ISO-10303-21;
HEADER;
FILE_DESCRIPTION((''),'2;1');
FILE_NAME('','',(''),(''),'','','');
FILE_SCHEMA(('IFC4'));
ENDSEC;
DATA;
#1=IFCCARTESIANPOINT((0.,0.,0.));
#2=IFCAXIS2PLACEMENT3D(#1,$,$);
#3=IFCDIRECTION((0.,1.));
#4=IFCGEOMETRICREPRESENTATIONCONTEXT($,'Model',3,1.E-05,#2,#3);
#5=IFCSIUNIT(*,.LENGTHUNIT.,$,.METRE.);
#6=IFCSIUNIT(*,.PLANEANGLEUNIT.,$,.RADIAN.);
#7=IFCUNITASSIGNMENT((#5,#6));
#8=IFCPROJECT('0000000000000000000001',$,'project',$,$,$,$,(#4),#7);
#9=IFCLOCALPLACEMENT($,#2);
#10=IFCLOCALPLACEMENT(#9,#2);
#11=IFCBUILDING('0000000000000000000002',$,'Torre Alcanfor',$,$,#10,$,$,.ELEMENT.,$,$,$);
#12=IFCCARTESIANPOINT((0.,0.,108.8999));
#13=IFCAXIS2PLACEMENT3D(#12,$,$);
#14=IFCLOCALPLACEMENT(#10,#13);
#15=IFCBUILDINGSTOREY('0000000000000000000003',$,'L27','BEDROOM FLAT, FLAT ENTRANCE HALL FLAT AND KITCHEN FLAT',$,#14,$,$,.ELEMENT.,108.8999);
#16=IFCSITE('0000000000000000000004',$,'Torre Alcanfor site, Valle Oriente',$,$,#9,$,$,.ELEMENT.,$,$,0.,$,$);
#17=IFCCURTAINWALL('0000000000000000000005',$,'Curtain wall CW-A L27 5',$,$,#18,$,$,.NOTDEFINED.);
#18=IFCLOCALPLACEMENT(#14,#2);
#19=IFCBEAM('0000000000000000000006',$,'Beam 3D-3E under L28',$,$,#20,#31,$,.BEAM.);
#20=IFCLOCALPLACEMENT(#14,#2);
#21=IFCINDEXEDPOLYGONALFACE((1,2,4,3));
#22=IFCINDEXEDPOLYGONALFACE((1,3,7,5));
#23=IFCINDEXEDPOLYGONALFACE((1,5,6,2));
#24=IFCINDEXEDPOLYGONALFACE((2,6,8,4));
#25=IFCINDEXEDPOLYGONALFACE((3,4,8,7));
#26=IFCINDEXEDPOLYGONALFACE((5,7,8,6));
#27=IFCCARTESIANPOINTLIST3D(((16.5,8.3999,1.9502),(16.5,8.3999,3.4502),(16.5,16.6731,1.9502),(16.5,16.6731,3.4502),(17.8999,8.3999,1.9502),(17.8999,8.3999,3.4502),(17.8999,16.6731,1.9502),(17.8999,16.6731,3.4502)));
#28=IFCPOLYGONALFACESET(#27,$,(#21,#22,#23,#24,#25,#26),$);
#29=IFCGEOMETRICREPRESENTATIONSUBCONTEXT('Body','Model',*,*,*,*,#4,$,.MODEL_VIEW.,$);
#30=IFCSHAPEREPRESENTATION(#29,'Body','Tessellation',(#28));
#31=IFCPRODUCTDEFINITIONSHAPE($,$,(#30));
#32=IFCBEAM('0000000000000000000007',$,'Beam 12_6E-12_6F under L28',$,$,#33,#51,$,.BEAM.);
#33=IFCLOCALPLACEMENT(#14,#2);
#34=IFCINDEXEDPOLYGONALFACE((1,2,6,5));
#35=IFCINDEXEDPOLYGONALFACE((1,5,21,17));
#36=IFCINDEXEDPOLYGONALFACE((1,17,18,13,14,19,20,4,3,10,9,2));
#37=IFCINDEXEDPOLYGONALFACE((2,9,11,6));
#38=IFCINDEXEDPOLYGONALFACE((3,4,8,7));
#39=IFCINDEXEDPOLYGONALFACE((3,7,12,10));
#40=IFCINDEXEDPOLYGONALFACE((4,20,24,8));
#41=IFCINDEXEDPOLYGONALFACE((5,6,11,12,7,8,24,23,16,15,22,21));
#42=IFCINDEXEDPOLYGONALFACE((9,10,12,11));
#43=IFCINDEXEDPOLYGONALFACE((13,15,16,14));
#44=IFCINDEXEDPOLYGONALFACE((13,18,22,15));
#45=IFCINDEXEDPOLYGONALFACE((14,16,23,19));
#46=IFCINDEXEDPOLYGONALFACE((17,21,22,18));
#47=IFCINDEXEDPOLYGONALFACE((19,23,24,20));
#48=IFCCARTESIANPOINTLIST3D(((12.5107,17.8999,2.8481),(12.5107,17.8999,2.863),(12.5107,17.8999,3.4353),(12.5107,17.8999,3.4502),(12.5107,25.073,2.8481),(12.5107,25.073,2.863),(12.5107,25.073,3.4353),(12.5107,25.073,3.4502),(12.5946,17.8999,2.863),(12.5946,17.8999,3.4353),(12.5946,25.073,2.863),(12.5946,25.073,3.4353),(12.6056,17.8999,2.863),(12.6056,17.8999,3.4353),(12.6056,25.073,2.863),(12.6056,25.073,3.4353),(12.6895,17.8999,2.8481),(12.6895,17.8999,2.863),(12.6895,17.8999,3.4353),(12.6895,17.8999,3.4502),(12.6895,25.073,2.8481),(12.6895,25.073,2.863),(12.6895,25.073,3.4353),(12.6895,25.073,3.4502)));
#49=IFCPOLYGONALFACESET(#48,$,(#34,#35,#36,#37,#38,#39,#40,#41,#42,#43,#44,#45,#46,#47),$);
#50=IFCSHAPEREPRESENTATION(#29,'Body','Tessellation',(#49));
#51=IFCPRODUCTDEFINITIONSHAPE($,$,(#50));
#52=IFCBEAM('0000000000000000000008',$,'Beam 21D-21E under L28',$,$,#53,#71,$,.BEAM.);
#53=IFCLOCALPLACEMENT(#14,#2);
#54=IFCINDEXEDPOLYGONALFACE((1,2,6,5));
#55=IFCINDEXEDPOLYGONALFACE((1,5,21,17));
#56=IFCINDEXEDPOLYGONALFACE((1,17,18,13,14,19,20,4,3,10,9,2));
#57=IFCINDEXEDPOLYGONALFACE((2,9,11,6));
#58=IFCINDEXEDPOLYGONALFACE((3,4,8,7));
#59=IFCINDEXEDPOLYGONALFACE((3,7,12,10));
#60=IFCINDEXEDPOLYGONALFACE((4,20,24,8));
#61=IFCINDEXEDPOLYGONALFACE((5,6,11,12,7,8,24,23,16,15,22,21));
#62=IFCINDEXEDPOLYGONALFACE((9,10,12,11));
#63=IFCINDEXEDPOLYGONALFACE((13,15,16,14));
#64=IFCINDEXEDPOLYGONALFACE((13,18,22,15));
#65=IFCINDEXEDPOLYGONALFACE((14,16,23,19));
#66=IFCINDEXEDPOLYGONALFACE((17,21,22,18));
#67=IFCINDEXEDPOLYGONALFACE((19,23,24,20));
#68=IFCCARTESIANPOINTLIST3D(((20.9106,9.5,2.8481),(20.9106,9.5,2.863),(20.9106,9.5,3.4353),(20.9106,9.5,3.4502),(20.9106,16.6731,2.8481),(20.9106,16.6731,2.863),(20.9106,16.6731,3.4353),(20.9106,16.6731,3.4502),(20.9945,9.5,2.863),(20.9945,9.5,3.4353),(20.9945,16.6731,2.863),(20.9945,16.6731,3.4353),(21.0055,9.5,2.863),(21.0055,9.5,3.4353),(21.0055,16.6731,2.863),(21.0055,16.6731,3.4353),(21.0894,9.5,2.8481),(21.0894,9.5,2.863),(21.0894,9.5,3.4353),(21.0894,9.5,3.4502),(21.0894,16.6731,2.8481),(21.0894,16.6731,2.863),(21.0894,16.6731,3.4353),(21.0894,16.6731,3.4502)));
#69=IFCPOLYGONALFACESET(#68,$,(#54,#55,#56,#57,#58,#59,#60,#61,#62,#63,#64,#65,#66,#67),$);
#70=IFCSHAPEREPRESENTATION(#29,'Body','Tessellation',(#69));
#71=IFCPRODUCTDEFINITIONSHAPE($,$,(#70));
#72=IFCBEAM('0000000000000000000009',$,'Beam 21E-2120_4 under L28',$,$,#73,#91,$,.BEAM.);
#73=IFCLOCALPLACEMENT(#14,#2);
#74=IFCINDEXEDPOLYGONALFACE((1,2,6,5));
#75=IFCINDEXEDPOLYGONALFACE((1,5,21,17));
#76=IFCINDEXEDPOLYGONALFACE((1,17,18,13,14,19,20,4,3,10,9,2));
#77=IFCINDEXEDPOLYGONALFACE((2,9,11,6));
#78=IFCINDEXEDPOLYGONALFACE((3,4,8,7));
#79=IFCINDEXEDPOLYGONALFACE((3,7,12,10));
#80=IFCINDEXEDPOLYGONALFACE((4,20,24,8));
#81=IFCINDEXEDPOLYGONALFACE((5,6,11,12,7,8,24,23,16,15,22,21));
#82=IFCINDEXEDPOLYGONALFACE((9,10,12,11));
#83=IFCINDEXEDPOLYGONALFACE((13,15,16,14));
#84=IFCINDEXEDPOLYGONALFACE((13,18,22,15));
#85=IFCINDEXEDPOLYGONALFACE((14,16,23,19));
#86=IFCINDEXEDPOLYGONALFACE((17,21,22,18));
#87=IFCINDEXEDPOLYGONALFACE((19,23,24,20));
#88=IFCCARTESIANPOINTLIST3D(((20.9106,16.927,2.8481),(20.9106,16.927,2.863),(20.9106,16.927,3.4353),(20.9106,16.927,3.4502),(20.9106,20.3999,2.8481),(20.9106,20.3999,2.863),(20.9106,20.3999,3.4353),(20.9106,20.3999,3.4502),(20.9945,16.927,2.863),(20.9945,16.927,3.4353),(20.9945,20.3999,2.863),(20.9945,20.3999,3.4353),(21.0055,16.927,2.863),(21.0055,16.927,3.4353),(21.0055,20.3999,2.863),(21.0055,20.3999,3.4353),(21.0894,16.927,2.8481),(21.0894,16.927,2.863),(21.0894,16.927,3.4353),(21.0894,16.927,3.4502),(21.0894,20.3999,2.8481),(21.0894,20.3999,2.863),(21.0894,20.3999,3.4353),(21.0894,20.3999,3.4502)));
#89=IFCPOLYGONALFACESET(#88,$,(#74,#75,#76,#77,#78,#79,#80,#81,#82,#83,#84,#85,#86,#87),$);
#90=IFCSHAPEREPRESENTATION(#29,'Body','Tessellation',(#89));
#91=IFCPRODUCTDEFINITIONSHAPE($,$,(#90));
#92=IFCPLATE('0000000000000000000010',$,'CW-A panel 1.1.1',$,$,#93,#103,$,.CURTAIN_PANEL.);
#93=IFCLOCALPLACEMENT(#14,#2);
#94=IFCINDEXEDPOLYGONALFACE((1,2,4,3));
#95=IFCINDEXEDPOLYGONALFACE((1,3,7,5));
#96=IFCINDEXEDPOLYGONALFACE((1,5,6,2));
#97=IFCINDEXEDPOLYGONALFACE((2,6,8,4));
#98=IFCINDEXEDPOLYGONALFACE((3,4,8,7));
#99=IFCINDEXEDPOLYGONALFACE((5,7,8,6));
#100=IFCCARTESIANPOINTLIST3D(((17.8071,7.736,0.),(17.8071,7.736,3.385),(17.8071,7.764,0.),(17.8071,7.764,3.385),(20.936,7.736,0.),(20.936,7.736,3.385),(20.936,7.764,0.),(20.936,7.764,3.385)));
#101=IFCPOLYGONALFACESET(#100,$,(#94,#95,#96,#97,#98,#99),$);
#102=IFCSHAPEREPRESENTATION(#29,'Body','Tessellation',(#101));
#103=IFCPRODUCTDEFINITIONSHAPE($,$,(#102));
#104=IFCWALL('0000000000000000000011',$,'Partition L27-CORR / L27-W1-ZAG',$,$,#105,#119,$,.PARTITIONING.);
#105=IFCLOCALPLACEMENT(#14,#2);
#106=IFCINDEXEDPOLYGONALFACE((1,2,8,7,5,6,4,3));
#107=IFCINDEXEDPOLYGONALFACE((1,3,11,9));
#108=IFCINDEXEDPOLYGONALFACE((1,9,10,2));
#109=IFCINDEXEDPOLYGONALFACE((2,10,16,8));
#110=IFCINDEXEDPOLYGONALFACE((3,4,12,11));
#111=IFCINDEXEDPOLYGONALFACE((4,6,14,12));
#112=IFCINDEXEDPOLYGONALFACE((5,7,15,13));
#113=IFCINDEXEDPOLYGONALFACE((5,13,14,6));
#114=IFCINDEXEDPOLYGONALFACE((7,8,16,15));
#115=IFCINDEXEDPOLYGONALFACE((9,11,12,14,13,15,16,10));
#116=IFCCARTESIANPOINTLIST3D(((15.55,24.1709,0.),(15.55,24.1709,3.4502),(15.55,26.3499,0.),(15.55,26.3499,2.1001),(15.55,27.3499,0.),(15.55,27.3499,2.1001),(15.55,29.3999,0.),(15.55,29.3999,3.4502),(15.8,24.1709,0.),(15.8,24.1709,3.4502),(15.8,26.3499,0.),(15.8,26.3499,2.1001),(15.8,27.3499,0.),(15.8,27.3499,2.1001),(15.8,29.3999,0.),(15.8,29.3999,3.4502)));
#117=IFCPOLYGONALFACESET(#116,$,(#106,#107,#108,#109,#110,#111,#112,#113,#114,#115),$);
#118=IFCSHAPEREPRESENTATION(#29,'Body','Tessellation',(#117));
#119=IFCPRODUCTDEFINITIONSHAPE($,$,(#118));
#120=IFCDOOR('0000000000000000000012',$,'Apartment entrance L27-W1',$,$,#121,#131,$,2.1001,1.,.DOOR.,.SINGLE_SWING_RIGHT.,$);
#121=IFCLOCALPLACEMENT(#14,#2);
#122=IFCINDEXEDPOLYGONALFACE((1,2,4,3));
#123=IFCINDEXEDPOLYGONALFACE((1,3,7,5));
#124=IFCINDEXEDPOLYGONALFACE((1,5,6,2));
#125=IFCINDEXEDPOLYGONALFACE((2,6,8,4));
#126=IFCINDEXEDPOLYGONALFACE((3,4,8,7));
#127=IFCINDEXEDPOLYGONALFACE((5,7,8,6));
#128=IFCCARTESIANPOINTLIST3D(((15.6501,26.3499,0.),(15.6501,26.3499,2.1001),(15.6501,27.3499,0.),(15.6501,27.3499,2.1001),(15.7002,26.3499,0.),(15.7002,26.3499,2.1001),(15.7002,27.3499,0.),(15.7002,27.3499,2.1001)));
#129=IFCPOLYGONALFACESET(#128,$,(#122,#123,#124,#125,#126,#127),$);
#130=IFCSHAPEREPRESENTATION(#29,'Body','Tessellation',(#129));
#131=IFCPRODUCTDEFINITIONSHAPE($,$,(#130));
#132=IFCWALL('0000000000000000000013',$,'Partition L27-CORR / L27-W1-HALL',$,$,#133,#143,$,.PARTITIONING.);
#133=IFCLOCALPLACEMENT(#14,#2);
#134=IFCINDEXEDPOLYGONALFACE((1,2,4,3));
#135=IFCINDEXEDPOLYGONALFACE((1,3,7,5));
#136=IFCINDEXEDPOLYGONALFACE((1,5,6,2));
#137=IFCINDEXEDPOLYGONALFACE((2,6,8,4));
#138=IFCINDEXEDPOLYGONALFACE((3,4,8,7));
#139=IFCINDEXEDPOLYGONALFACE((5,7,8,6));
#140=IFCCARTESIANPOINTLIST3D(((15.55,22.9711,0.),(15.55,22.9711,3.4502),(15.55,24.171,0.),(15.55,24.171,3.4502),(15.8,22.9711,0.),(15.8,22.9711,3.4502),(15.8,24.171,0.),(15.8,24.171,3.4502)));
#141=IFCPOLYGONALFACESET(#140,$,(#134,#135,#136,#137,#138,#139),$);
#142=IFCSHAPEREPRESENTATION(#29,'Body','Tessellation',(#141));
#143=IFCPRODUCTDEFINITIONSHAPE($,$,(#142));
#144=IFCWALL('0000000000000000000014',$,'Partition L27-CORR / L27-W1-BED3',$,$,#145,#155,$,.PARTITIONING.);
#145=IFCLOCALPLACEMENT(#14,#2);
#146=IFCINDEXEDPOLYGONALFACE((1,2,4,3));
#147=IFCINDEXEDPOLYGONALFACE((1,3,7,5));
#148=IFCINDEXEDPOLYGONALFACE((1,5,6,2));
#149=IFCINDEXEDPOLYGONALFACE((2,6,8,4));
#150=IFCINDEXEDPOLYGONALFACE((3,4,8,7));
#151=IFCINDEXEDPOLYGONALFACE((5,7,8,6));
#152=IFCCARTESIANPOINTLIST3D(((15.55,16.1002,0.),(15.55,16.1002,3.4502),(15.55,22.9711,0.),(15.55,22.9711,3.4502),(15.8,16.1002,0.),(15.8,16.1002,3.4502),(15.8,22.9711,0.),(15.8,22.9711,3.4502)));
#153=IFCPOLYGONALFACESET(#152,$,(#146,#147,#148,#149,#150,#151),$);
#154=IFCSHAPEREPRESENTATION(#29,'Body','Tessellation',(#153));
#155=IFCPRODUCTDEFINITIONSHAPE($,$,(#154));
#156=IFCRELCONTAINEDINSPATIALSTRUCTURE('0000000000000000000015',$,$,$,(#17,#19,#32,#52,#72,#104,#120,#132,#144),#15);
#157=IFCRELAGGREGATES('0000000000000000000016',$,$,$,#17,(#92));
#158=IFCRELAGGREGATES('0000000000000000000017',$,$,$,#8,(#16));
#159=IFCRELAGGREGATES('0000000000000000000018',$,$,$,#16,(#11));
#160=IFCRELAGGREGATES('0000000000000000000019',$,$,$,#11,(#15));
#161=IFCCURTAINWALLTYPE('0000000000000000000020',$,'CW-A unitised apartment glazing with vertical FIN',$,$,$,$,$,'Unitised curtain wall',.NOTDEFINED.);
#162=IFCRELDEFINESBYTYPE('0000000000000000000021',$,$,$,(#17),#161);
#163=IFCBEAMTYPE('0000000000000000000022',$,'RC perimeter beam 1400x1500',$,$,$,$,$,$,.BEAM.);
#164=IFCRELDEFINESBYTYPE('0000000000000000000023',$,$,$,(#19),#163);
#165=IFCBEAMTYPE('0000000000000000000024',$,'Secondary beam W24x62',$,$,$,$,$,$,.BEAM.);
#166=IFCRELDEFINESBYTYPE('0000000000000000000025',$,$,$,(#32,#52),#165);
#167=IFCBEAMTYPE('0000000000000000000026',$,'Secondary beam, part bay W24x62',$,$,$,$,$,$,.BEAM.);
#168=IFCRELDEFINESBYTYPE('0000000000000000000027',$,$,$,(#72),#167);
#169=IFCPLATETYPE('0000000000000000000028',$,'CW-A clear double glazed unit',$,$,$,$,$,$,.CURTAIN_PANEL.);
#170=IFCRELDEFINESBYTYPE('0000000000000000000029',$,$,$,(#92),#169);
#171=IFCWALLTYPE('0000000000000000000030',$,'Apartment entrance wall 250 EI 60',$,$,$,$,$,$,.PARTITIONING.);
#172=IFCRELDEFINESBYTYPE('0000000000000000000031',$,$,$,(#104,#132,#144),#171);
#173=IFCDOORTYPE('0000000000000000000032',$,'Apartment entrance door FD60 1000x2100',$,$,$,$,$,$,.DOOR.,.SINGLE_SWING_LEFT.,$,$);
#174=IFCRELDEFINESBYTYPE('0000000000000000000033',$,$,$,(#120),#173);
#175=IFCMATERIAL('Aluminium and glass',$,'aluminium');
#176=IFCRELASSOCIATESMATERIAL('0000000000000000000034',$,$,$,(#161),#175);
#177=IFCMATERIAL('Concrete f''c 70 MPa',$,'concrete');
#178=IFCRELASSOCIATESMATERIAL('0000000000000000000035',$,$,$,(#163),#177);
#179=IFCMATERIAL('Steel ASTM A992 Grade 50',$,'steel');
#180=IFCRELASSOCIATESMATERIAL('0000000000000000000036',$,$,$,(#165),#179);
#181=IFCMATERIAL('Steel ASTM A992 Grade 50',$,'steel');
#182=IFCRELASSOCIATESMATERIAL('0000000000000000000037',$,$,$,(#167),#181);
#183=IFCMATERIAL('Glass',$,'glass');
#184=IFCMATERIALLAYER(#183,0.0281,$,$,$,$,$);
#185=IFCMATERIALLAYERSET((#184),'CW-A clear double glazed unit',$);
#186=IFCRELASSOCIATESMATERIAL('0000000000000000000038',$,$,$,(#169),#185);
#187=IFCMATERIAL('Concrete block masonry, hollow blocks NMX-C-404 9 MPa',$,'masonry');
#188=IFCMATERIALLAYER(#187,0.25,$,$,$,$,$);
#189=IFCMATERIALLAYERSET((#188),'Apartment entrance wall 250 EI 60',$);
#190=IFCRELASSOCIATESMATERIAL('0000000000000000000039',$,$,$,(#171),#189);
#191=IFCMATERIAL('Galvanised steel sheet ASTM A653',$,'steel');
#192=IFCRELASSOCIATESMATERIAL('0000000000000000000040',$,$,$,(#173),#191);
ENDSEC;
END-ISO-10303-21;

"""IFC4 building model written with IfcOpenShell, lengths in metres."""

from ifc_helpers import new_model, si_unit, direction, frame, frame_2d, origin, origin_2d, place, context, subcontext, project, spatial, rectangle, i_section, extrude, material, layer, layer_set, material_profile, profile_set, type_object, element, fill, aggregate, save


model = new_model("IFC4")

# Units and contexts
model_context = context("Model", 3, precision=1e-05, world=origin(), true_north=direction((0.0, 1.0)))
body_context = subcontext(model_context, "Body", "Model", "MODEL_VIEW")
ifc_project = project(units=[si_unit("LENGTHUNIT", "METRE"), si_unit("PLANEANGLEUNIT", "RADIAN")], contexts=[model_context])

# Site, building, storey
site_placement = place(None, origin())
site = spatial("IfcSite", under=ifc_project, at=site_placement, Name="Torre Alcanfor site, Valle Oriente", CompositionType="ELEMENT", RefElevation=0.0)
building_placement = place(site_placement, origin())
building = spatial("IfcBuilding", under=site, at=building_placement, Name="Torre Alcanfor", CompositionType="ELEMENT")
storey_placement = place(building_placement, frame((0.0, 0.0, 108.8999)))
storey = spatial("IfcBuildingStorey", under=building, at=storey_placement, Name="L27", Description="BEDROOM FLAT, FLAT ENTRANCE HALL FLAT AND KITCHEN FLAT", CompositionType="ELEMENT", Elevation=108.8999)

# Curtain wall
ifc_material_1 = material(Name="Aluminium and glass", Category="aluminium")
curtain_wall_type = type_object("IfcCurtainWallType", Name="CW-A unitised apartment glazing with vertical FIN", ElementType="Unitised curtain wall", PredefinedType="NOTDEFINED", material=ifc_material_1)
curtain_wall_placement = place(storey_placement, origin())
curtain_wall = element("IfcCurtainWall", 1, at=curtain_wall_placement, inside=storey, type_object=curtain_wall_type, Name="Curtain wall CW-A L27 5", PredefinedType="NOTDEFINED")

# Beams
ifc_material_2 = material(Name="Concrete f'c 70 MPa", Category="concrete")
ifc_material_profile_1 = material_profile(ifc_material_2, rectangle(XDim=1.3999, YDim=1.5, at=origin_2d()), Name="1400x1500")
ifc_profile_set_1 = profile_set([ifc_material_profile_1], Name="Concrete f'c 70 MPa")
beam_type_1 = type_object("IfcBeamType", Name="RC perimeter beam 1400x1500", PredefinedType="BEAM", material=ifc_profile_set_1)
beam_1_placement = place(storey_placement, frame((17.2, 8.3999, 2.7002), z_axis=(0.0, 1.0, 0.0), x_axis=(-1.0, 0.0, 0.0)))
element("IfcBeam", 2, at=beam_1_placement, inside=storey, type_object=beam_type_1, Name="Beam 3D-3E under L28", PredefinedType="BEAM", context=body_context, shape_type="SweptSolid", body=[
    extrude(rectangle(XDim=1.3999, YDim=1.5, at=origin_2d()), origin(), (0.0, 0.0, 1.0), 8.2732),
])
ifc_material_3 = material(Name="Steel ASTM A992 Grade 50", Category="steel")
ifc_material_profile_2 = material_profile(ifc_material_3, i_section(OverallWidth=0.1787, OverallDepth=0.6021, WebThickness=0.011, FlangeThickness=0.0149, at=origin_2d()), Name="W24x62")
ifc_profile_set_2 = profile_set([ifc_material_profile_2], Name="Steel ASTM A992 Grade 50")
beam_type_2 = type_object("IfcBeamType", Name="Secondary beam W24x62", PredefinedType="BEAM", material=ifc_profile_set_2)
for number, where, z_axis, x_axis, name in (
    (3, (12.6001, 17.8999, 3.1492), (0.0, 1.0, 0.0), (-1.0, 0.0, 0.0), "Beam 12_6E-12_6F under L28"),
    (4, (21.0, 9.5, 3.1492), (0.0, 1.0, 0.0), (-1.0, 0.0, 0.0), "Beam 21D-21E under L28"),
):
    element("IfcBeam", number, at=place(storey_placement, frame(where, z_axis=z_axis, x_axis=x_axis)), inside=storey, type_object=beam_type_2, Name=name, PredefinedType="BEAM", context=body_context, shape_type="SweptSolid", body=[
        extrude(i_section(OverallWidth=0.1787, OverallDepth=0.6021, WebThickness=0.011, FlangeThickness=0.0149, at=origin_2d()), origin(), (0.0, 0.0, 1.0), 7.1731),
    ])
ifc_material_4 = material(Name="Steel ASTM A992 Grade 50", Category="steel")
ifc_material_profile_3 = material_profile(ifc_material_4, i_section(OverallWidth=0.1787, OverallDepth=0.6021, WebThickness=0.011, FlangeThickness=0.0149, at=origin_2d()), Name="W24x62")
ifc_profile_set_3 = profile_set([ifc_material_profile_3], Name="Steel ASTM A992 Grade 50")
beam_type_3 = type_object("IfcBeamType", Name="Secondary beam, part bay W24x62", PredefinedType="BEAM", material=ifc_profile_set_3)
beam_2_placement = place(storey_placement, frame((21.0, 16.927, 3.1492), z_axis=(0.0, 1.0, 0.0), x_axis=(-1.0, 0.0, 0.0)))
element("IfcBeam", 5, at=beam_2_placement, inside=storey, type_object=beam_type_3, Name="Beam 21E-2120_4 under L28", PredefinedType="BEAM", context=body_context, shape_type="SweptSolid", body=[
    extrude(i_section(OverallWidth=0.1787, OverallDepth=0.6021, WebThickness=0.011, FlangeThickness=0.0149, at=origin_2d()), origin(), (0.0, 0.0, 1.0), 3.4729),
])

# Plate
ifc_material_5 = material(Name="Glass", Category="glass")
ifc_layer_1 = layer(ifc_material_5, 0.0281)
ifc_layer_set_1 = layer_set([ifc_layer_1], Name="CW-A clear double glazed unit")
plate_type = type_object("IfcPlateType", Name="CW-A clear double glazed unit", PredefinedType="CURTAIN_PANEL", material=ifc_layer_set_1)
plate_placement = place(storey_placement, frame((19.3716, 7.75, 0.0), z_axis=(0.0, 0.0, 1.0), x_axis=(1.0, 0.0, 0.0)))
plate = element("IfcPlate", 6, at=plate_placement, type_object=plate_type, Name="CW-A panel 1.1.1", PredefinedType="CURTAIN_PANEL", context=body_context, shape_type="SweptSolid", body=[
    extrude(rectangle(XDim=3.1289, YDim=0.0281, at=origin_2d()), origin(), (0.0, 0.0, 1.0), 3.385),
])
aggregate(curtain_wall, [plate])

# Wall, opening, door
ifc_material_6 = material(Name="Concrete block masonry, hollow blocks NMX-C-404 9 MPa", Category="masonry")
ifc_layer_2 = layer(ifc_material_6, 0.25)
ifc_layer_set_2 = layer_set([ifc_layer_2], Name="Apartment entrance wall 250 EI 60")
wall_type_1 = type_object("IfcWallType", Name="Apartment entrance wall 250 EI 60", PredefinedType="PARTITIONING", material=ifc_layer_set_2)
wall_1_placement = place(storey_placement, frame((15.675, 24.1709, 0.0), z_axis=(0.0, 0.0, 1.0), x_axis=(0.0, 1.0, 0.0)))
wall_1 = element("IfcWall", 7, at=wall_1_placement, inside=storey, type_object=wall_type_1, Name="Partition L27-CORR / L27-W1-ZAG", PredefinedType="PARTITIONING", context=body_context, shape_type="SweptSolid", body=[
    extrude(rectangle(XDim=5.229, YDim=0.25, at=frame_2d((2.6145, 0.0))), origin(), (0.0, 0.0, 1.0), 3.4502),
])
opening_1_placement = place(wall_1_placement, frame((2.179, 0.0, 0.0)))
opening_1 = element("IfcOpeningElement", 8, at=opening_1_placement, cuts=wall_1, PredefinedType="OPENING", context=body_context, shape_type="SweptSolid", body=[
    extrude(rectangle(XDim=1.0, YDim=2.1001, at=frame_2d((0.5, 1.05))), frame((0.0, 0.135, 0.0), z_axis=(0.0, -1.0, 0.0), x_axis=(1.0, 0.0, 0.0)), (0.0, 0.0, 1.0), 0.27),
])
ifc_material_7 = material(Name="Galvanised steel sheet ASTM A653", Category="steel")
door_type_1 = type_object("IfcDoorType", Name="Apartment entrance door FD60 1000x2100", OperationType="SINGLE_SWING_LEFT", PredefinedType="DOOR", material=ifc_material_7)
door_1_placement = place(opening_1_placement, origin())
door_1 = element("IfcDoor", 9, at=door_1_placement, inside=storey, type_object=door_type_1, Name="Apartment entrance L27-W1", OperationType="SINGLE_SWING_RIGHT", OverallHeight=2.1001, OverallWidth=1.0, PredefinedType="DOOR", context=body_context, shape_type="SweptSolid", body=[
    extrude(rectangle(XDim=1.0, YDim=2.1001, at=frame_2d((0.5, 1.05))), frame((0.0, 0.0249, 0.0), z_axis=(0.0, -1.0, 0.0), x_axis=(1.0, 0.0, 0.0)), (0.0, 0.0, 1.0), 0.05),
])
fill(opening_1, door_1)

# Walls
wall_2_placement = place(storey_placement, frame((15.675, 22.9709, 0.0), z_axis=(0.0, 0.0, 1.0), x_axis=(0.0, 1.0, 0.0)))
element("IfcWall", 10, at=wall_2_placement, inside=storey, type_object=wall_type_1, Name="Partition L27-CORR / L27-W1-HALL", PredefinedType="PARTITIONING", context=body_context, shape_type="SweptSolid", body=[
    extrude(rectangle(XDim=1.2, YDim=0.25, at=frame_2d((0.6001, 0.0))), origin(), (0.0, 0.0, 1.0), 3.4502),
])
wall_3_placement = place(storey_placement, frame((15.675, 16.1001, 0.0), z_axis=(0.0, 0.0, 1.0), x_axis=(0.0, 1.0, 0.0)))
element("IfcWall", 11, at=wall_3_placement, inside=storey, type_object=wall_type_1, Name="Partition L27-CORR / L27-W1-BED3", PredefinedType="PARTITIONING", context=body_context, shape_type="SweptSolid", body=[
    extrude(rectangle(XDim=6.8708, YDim=0.25, at=frame_2d((3.4355, 0.0))), origin(), (0.0, 0.0, 1.0), 3.4502),
])

save(model, "model.ifc")
